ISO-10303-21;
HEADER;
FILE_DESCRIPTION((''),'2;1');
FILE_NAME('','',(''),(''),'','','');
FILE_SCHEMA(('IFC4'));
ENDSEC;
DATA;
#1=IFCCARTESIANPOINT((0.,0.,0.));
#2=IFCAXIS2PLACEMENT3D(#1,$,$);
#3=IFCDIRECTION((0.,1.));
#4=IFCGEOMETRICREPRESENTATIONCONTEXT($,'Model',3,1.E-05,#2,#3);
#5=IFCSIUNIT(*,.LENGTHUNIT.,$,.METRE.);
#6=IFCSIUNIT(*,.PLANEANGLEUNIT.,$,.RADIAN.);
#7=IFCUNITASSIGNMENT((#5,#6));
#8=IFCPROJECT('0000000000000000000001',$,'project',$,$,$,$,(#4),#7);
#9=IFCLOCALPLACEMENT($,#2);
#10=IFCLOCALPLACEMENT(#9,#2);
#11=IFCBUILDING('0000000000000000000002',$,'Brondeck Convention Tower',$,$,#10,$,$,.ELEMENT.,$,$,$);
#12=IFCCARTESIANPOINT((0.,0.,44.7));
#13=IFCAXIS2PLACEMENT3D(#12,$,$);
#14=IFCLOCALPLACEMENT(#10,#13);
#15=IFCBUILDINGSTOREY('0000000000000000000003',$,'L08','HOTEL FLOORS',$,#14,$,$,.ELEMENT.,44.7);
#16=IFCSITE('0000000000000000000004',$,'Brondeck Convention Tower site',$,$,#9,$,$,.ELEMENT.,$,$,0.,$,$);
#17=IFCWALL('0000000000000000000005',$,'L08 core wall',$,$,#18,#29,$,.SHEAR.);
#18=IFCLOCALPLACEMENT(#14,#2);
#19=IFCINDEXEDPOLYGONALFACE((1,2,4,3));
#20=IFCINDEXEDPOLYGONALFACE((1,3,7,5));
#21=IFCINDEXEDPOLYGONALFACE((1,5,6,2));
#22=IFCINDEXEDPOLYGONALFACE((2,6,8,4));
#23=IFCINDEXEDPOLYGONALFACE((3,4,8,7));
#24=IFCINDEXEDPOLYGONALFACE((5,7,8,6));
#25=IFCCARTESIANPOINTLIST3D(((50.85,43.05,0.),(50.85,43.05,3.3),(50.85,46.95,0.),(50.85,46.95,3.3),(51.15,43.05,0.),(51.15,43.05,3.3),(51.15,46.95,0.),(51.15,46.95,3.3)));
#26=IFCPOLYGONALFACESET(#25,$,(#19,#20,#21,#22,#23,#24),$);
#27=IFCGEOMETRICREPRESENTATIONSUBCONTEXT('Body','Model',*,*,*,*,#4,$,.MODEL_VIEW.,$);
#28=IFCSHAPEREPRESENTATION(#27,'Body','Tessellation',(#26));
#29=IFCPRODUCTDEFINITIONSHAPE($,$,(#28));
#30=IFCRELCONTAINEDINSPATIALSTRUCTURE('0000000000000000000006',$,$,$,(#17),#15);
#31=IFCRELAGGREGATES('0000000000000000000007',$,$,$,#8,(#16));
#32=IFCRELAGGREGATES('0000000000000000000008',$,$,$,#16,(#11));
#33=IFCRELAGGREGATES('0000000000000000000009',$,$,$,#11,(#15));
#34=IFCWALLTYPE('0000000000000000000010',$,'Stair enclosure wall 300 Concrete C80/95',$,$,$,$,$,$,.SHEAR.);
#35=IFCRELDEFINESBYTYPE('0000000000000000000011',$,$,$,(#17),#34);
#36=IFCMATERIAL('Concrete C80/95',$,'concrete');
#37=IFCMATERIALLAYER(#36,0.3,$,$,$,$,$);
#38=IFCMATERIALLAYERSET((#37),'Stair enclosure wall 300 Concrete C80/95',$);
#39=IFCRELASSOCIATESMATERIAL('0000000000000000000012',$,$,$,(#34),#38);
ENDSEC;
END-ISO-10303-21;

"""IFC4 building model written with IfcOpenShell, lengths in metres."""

from ifc_helpers import new_model, si_unit, direction, frame, frame_2d, origin, place, context, subcontext, project, spatial, rectangle, extrude, material, layer, layer_set, type_object, element, save


model = new_model("IFC4")

# Units and contexts
model_context = context("Model", 3, precision=1e-05, world=origin(), true_north=direction((0.0, 1.0)))
body_context = subcontext(model_context, "Body", "Model", "MODEL_VIEW")
ifc_project = project(units=[si_unit("LENGTHUNIT", "METRE"), si_unit("PLANEANGLEUNIT", "RADIAN")], contexts=[model_context])

# Site, building, storey
site_placement = place(None, origin())
site = spatial("IfcSite", under=ifc_project, at=site_placement, Name="Brondeck Convention Tower site", CompositionType="ELEMENT", RefElevation=0.0)
building_placement = place(site_placement, origin())
building = spatial("IfcBuilding", under=site, at=building_placement, Name="Brondeck Convention Tower", CompositionType="ELEMENT")
storey_placement = place(building_placement, frame((0.0, 0.0, 44.7)))
storey = spatial("IfcBuildingStorey", under=building, at=storey_placement, Name="L08", Description="HOTEL FLOORS", CompositionType="ELEMENT", Elevation=44.7)

# Shared definitions
ifc_material_1 = material(Name="Concrete C80/95", Category="concrete")

# Wall
ifc_layer_1 = layer(ifc_material_1, 0.3)
ifc_layer_set_1 = layer_set([ifc_layer_1], Name="Stair enclosure wall 300 Concrete C80/95")
wall_type_1 = type_object("IfcWallType", Name="Stair enclosure wall 300 Concrete C80/95", PredefinedType="SHEAR", material=ifc_layer_set_1)
for number, where, z_axis, x_axis, name in (
    (1, (51.0, 43.05, 0.0), (0.0, 0.0, 1.0), (0.0, 1.0, 0.0), "L08 core wall"),
):
    element("IfcWall", number, at=place(storey_placement, frame(where, z_axis=z_axis, x_axis=x_axis)), inside=storey, type_object=wall_type_1, Name=name, PredefinedType="SHEAR", context=body_context, shape_type="SweptSolid", body=[
        extrude(rectangle(XDim=3.8999, YDim=0.3, at=frame_2d((1.95, 0.0))), origin(), (0.0, 0.0, 1.0), 3.3),
    ])

save(model, "model.ifc")
